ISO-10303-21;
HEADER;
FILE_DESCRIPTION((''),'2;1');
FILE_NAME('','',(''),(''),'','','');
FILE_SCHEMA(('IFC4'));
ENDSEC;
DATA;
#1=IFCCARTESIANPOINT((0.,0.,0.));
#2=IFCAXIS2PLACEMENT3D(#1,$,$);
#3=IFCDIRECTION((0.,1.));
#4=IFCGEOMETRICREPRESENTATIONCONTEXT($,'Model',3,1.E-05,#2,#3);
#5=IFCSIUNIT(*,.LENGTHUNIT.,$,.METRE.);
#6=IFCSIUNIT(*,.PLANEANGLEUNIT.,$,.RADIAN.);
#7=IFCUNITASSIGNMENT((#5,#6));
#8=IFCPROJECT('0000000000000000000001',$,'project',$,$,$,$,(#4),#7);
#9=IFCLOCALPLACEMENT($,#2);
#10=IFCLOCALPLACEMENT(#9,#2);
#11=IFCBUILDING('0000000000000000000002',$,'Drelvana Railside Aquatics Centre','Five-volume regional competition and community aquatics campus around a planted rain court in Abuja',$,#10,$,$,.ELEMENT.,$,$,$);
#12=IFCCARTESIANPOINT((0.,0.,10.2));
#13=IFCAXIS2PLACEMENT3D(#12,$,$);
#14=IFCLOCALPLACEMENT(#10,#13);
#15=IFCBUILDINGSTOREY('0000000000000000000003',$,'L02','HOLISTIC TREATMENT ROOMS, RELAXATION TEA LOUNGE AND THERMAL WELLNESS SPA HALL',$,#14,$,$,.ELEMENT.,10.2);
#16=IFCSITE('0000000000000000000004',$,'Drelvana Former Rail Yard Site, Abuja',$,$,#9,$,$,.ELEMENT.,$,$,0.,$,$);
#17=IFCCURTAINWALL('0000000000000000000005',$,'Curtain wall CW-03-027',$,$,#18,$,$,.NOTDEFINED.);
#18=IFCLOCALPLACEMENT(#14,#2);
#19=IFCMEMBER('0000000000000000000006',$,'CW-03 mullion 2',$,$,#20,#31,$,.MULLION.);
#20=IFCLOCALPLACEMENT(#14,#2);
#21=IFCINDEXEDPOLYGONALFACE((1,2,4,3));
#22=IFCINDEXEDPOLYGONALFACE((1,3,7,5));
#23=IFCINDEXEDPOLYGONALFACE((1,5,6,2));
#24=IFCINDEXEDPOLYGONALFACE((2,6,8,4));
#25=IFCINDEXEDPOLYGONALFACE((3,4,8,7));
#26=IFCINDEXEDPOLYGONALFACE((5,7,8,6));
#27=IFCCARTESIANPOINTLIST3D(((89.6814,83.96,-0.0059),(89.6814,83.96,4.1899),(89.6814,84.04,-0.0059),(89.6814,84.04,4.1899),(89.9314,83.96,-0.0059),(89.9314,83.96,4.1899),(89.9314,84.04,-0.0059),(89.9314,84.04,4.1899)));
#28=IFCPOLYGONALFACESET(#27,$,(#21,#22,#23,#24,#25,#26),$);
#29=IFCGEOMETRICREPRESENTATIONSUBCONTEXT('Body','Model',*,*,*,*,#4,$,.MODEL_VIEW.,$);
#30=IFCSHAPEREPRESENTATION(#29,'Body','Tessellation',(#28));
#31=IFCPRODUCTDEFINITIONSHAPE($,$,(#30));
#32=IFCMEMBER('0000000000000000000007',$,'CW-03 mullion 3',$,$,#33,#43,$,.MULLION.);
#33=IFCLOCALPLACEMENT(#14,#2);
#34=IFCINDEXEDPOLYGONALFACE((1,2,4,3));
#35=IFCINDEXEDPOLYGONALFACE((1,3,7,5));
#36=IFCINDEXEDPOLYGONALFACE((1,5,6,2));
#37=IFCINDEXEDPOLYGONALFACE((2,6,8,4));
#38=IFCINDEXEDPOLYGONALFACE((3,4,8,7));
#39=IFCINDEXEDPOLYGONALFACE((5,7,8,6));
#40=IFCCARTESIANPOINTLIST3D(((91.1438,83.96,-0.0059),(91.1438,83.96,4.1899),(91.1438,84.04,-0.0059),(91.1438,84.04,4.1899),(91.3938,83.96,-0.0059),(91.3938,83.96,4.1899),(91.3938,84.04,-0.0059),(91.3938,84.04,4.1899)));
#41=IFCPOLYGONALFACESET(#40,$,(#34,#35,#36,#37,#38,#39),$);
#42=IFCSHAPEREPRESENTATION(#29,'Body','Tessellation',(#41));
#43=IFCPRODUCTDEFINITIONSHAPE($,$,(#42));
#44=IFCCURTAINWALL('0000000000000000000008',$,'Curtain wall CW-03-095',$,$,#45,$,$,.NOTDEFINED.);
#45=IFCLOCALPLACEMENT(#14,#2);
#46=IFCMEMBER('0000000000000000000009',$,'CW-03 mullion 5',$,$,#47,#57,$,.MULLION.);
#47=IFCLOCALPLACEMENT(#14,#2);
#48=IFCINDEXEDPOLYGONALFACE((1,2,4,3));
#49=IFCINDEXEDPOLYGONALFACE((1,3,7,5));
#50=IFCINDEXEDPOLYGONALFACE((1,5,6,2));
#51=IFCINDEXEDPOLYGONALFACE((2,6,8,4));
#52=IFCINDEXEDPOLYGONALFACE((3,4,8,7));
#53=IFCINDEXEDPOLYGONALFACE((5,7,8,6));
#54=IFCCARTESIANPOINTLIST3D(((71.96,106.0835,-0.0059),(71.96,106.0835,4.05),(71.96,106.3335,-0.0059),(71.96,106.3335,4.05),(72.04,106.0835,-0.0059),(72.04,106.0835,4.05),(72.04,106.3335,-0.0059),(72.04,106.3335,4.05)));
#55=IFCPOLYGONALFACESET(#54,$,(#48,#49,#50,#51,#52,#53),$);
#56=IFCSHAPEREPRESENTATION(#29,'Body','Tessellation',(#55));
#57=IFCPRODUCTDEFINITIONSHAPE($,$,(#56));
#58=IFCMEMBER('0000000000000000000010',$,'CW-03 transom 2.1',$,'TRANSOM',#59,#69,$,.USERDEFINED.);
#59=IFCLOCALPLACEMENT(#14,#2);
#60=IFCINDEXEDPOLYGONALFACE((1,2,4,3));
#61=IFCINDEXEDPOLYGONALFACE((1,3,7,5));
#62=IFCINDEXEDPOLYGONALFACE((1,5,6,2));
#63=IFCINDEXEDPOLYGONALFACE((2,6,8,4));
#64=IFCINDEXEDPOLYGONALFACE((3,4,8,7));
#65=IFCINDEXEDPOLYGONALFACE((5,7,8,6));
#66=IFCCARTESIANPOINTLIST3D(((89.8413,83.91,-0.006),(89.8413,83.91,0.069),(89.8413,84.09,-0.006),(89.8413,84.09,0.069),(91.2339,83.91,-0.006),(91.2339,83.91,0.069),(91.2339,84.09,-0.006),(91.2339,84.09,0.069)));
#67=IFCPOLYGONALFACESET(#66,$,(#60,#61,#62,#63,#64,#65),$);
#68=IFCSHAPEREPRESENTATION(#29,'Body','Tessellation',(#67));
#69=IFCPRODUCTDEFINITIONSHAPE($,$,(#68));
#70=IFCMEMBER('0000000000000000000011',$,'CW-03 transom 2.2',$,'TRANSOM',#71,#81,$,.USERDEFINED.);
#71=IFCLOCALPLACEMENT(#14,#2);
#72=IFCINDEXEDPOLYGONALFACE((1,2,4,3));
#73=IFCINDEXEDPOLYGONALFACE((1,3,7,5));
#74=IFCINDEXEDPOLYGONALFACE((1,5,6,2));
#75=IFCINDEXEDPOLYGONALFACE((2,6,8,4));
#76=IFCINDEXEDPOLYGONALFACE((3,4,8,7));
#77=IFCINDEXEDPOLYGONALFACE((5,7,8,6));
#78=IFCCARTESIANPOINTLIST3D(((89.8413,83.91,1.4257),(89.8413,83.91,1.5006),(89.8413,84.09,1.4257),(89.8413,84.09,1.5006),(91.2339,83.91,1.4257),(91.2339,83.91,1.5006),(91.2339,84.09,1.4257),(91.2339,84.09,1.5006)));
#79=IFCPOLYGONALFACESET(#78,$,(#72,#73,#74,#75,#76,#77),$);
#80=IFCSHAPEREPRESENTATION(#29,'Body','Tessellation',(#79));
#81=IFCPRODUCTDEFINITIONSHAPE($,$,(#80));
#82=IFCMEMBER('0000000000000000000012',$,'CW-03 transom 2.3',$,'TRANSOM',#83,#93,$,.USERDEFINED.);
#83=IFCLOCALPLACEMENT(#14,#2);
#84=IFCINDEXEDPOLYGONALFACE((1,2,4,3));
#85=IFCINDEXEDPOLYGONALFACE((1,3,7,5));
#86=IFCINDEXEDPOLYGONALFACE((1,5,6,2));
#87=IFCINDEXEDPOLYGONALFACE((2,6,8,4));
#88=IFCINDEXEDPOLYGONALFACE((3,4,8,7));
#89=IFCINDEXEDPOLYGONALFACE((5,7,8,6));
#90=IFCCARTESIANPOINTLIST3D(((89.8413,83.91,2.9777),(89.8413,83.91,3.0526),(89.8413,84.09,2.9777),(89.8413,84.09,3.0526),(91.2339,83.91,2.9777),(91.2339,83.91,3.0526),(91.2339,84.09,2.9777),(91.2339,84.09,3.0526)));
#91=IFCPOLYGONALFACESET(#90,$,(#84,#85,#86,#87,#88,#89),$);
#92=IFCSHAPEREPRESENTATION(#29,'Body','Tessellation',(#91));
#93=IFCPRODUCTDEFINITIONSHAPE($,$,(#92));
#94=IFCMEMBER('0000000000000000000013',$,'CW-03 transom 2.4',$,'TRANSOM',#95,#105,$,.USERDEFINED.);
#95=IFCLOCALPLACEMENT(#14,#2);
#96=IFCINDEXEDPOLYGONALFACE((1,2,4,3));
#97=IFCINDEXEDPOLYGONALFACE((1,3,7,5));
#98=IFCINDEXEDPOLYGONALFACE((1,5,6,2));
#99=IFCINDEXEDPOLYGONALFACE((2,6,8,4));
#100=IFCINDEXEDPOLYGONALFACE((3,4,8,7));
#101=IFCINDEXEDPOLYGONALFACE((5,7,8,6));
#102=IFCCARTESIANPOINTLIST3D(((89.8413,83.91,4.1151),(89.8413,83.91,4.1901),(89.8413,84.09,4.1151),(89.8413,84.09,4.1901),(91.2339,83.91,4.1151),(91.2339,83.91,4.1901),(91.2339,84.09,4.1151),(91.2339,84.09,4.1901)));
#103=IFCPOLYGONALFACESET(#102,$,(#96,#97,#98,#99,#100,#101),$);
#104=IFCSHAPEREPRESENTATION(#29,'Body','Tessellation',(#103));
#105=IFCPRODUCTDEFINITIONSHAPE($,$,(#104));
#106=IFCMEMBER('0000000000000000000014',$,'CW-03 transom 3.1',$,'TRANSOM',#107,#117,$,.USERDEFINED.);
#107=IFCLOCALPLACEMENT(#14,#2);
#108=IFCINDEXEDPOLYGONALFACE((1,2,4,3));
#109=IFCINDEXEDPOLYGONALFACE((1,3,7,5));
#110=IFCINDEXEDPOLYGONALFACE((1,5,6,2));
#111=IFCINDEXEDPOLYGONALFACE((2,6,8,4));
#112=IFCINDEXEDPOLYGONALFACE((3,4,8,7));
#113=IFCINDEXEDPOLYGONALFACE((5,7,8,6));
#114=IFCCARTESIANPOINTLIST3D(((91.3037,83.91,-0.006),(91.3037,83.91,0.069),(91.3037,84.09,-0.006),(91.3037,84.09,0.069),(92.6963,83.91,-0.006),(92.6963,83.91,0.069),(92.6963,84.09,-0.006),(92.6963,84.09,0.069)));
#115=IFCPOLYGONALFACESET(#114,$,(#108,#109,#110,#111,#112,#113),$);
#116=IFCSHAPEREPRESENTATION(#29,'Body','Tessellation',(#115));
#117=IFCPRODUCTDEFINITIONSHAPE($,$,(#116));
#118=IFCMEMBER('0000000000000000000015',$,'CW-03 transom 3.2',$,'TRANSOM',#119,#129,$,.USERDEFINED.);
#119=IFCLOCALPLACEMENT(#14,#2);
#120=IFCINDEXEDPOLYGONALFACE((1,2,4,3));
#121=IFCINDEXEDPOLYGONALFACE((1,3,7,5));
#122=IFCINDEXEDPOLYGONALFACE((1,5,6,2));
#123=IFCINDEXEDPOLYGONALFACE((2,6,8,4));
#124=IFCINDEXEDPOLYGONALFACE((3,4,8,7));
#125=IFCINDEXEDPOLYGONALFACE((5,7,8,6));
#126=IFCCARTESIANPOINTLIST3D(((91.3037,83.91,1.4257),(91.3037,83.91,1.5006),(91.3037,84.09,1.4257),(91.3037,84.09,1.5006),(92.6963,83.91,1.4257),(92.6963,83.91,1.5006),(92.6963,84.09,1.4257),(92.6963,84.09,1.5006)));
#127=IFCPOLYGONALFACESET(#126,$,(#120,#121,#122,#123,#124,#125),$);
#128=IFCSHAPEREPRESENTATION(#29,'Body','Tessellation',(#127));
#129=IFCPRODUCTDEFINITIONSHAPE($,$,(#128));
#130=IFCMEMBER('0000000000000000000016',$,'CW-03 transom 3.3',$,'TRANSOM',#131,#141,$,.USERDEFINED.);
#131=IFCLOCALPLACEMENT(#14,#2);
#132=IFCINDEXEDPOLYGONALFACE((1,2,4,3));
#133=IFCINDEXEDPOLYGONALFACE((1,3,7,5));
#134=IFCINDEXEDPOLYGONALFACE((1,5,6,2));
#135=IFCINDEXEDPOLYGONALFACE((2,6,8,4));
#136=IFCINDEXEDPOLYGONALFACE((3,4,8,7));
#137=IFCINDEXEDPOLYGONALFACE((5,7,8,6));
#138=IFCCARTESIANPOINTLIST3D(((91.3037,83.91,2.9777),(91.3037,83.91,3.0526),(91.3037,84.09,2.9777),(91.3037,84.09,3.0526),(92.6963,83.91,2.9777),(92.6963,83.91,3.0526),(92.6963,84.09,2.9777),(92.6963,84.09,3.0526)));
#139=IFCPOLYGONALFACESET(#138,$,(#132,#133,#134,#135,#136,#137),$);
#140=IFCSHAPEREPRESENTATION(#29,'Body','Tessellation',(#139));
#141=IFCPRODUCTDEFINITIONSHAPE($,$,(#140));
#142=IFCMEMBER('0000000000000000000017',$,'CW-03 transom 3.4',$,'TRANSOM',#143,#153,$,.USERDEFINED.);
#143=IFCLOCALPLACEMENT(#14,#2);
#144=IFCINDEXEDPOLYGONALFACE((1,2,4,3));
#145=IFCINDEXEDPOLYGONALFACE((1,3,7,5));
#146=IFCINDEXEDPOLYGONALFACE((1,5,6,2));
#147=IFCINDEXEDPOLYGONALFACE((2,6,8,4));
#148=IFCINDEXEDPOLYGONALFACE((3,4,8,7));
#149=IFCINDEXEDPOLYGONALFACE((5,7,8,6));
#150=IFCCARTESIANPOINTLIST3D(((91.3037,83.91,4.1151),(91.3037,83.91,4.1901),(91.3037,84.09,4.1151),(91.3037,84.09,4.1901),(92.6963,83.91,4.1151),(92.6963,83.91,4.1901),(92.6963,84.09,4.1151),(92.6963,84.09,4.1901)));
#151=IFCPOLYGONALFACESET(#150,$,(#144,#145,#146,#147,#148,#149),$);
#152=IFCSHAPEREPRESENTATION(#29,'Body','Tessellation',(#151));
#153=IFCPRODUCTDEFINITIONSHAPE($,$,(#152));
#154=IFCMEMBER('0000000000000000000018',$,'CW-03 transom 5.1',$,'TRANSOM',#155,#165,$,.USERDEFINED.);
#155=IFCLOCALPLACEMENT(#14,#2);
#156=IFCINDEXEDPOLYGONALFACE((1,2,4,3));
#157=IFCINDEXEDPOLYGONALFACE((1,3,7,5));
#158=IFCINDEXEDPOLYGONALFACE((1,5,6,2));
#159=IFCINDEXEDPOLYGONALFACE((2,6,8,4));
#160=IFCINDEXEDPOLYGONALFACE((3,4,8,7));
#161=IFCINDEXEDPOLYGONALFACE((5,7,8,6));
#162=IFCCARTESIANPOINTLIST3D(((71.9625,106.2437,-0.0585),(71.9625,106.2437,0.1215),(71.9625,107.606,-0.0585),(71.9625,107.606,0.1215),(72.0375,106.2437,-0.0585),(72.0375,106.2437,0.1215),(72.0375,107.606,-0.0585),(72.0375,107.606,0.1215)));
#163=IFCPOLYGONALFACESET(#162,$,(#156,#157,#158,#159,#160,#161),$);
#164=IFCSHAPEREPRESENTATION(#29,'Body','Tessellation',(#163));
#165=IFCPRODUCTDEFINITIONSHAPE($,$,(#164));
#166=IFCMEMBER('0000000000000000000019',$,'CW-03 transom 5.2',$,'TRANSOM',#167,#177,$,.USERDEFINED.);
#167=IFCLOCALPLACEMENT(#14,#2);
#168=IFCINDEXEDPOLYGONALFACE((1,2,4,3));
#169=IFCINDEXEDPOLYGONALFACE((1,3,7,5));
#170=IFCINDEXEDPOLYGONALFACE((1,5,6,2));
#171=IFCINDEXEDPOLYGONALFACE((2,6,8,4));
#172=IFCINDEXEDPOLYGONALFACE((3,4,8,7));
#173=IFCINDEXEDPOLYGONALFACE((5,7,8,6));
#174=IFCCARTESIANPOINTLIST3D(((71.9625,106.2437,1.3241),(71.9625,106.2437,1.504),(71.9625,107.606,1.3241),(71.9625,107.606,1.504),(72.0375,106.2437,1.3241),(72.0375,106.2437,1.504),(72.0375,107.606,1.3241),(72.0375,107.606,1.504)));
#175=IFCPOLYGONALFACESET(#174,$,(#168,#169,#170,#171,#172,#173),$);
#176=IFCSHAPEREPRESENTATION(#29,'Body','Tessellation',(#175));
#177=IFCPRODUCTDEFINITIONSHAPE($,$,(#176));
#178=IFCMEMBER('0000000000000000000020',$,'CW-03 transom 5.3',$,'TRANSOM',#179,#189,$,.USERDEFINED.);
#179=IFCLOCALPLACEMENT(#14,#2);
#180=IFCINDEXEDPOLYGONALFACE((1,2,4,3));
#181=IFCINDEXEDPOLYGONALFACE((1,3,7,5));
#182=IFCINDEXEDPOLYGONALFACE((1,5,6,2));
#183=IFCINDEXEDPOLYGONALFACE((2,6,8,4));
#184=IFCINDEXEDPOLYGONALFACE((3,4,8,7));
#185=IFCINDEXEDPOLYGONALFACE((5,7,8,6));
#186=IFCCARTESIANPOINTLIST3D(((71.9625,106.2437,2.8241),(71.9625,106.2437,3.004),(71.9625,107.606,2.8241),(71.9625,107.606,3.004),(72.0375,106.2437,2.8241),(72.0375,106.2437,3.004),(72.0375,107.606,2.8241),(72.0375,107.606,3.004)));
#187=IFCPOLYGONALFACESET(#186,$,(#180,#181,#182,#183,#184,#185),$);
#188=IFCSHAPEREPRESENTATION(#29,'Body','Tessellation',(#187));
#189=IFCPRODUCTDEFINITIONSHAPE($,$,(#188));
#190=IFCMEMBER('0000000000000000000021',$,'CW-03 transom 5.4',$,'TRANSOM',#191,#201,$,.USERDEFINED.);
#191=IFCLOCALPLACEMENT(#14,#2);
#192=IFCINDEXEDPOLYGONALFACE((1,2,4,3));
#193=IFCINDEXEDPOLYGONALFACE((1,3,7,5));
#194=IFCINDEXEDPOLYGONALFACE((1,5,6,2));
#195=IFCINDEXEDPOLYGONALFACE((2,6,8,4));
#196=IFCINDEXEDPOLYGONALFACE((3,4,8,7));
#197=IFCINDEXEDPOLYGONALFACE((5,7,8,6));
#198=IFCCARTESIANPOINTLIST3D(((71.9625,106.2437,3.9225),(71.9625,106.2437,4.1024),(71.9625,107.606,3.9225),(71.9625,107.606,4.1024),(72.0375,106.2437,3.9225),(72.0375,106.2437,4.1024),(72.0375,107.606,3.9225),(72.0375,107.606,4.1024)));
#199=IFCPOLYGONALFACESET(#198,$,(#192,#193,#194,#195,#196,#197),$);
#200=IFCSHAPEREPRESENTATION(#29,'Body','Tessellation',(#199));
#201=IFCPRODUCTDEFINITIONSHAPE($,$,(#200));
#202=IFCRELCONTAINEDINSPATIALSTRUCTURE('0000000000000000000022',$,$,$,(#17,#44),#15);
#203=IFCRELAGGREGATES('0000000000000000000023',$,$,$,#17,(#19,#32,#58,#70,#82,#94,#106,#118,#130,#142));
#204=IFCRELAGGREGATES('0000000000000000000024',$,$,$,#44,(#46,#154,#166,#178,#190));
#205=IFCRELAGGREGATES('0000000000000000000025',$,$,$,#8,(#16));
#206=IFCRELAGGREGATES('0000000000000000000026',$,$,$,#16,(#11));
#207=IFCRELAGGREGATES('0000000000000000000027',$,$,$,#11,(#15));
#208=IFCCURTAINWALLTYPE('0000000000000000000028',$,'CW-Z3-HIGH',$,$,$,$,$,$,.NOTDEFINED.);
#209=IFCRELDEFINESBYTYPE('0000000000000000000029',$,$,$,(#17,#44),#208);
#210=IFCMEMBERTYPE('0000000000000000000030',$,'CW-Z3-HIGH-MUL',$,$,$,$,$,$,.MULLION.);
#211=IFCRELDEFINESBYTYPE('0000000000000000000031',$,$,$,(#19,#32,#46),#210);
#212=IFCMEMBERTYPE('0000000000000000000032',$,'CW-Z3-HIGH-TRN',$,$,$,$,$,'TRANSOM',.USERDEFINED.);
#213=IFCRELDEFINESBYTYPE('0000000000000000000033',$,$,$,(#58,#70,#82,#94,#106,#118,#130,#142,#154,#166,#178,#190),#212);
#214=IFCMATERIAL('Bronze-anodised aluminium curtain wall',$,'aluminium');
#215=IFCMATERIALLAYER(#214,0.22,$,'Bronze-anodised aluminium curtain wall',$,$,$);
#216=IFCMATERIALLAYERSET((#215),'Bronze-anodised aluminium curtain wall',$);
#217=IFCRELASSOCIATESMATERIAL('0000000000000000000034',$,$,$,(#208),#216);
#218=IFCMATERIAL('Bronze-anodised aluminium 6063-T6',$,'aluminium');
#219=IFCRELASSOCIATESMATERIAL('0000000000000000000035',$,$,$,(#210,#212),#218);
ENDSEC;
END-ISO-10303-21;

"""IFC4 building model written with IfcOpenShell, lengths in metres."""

from ifc_helpers import new_model, si_unit, direction, frame, origin, origin_2d, place, context, subcontext, project, spatial, rectangle, extrude, material, layer, layer_set, material_profile, profile_set, type_object, element, aggregate, save


model = new_model("IFC4")

# Units and contexts
model_context = context("Model", 3, precision=1e-05, world=origin(), true_north=direction((0.0, 1.0)))
body_context = subcontext(model_context, "Body", "Model", "MODEL_VIEW")
ifc_project = project(units=[si_unit("LENGTHUNIT", "METRE"), si_unit("PLANEANGLEUNIT", "RADIAN")], contexts=[model_context])

# Site, building, storey
site_placement = place(None, origin())
site = spatial("IfcSite", under=ifc_project, at=site_placement, Name="Drelvana Former Rail Yard Site, Abuja", CompositionType="ELEMENT", RefElevation=0.0)
building_placement = place(site_placement, origin())
building = spatial("IfcBuilding", under=site, at=building_placement, Name="Drelvana Railside Aquatics Centre", Description="Five-volume regional competition and community aquatics campus around a planted rain court in Abuja", CompositionType="ELEMENT")
storey_placement = place(building_placement, frame((0.0, 0.0, 10.2)))
storey = spatial("IfcBuildingStorey", under=building, at=storey_placement, Name="L02", Description="HOLISTIC TREATMENT ROOMS, RELAXATION TEA LOUNGE AND THERMAL WELLNESS SPA HALL", CompositionType="ELEMENT", Elevation=10.2)

# Curtain wall, members
ifc_material_1 = material(Name="Bronze-anodised aluminium curtain wall", Category="aluminium")
ifc_layer_1 = layer(ifc_material_1, 0.22, Name="Bronze-anodised aluminium curtain wall")
ifc_layer_set_1 = layer_set([ifc_layer_1], Name="Bronze-anodised aluminium curtain wall")
curtain_wall_type = type_object("IfcCurtainWallType", Name="CW-Z3-HIGH", PredefinedType="NOTDEFINED", material=ifc_layer_set_1)
curtain_wall_1_placement = place(storey_placement, origin())
curtain_wall_1 = element("IfcCurtainWall", 1, at=curtain_wall_1_placement, inside=storey, type_object=curtain_wall_type, Name="Curtain wall CW-03-027", PredefinedType="NOTDEFINED")
ifc_material_2 = material(Name="Bronze-anodised aluminium 6063-T6", Category="aluminium")
ifc_material_profile_1 = material_profile(ifc_material_2, rectangle(XDim=0.0801, YDim=0.25, at=origin_2d()), Name="ALU-M 80x250")
ifc_profile_set_1 = profile_set([ifc_material_profile_1], Name="Bronze-anodised aluminium 6063-T6")
member_type_1 = type_object("IfcMemberType", Name="CW-Z3-HIGH-MUL", PredefinedType="MULLION", material=ifc_profile_set_1)
member_1_placement = place(storey_placement, frame((89.8064, 84.0, -0.0059), z_axis=(0.0, 0.0, 1.0), x_axis=(0.0, 1.0, 0.0)))
member_1 = element("IfcMember", 2, at=member_1_placement, type_object=member_type_1, Name="CW-03 mullion 2", PredefinedType="MULLION", context=body_context, shape_type="SweptSolid", body=[
    extrude(rectangle(XDim=0.0801, YDim=0.25, at=origin_2d()), origin(), (0.0, 0.0, 1.0), 4.1958),
])
member_2_placement = place(storey_placement, frame((91.2688, 84.0, -0.0059), z_axis=(0.0, 0.0, 1.0), x_axis=(0.0, 1.0, 0.0)))
member_2 = element("IfcMember", 3, at=member_2_placement, type_object=member_type_1, Name="CW-03 mullion 3", PredefinedType="MULLION", context=body_context, shape_type="SweptSolid", body=[
    extrude(rectangle(XDim=0.0801, YDim=0.25, at=origin_2d()), origin(), (0.0, 0.0, 1.0), 4.1958),
])

# Curtain wall, member
curtain_wall_2_placement = place(storey_placement, origin())
curtain_wall_2 = element("IfcCurtainWall", 4, at=curtain_wall_2_placement, inside=storey, type_object=curtain_wall_type, Name="Curtain wall CW-03-095", PredefinedType="NOTDEFINED")
member_3_placement = place(storey_placement, frame((72.0, 106.2085, -0.0059), z_axis=(0.0, 0.0, 1.0), x_axis=(-1.0, 0.0, 0.0)))
member_3 = element("IfcMember", 5, at=member_3_placement, type_object=member_type_1, Name="CW-03 mullion 5", PredefinedType="MULLION", context=body_context, shape_type="SweptSolid", body=[
    extrude(rectangle(XDim=0.0801, YDim=0.25, at=origin_2d()), origin(), (0.0, 0.0, 1.0), 4.0559),
])

# Members
ifc_material_profile_2 = material_profile(ifc_material_2, rectangle(XDim=0.1799, YDim=0.075, at=origin_2d()), Name="ALU-T 75x180")
ifc_profile_set_2 = profile_set([ifc_material_profile_2], Name="Bronze-anodised aluminium 6063-T6")
member_type_2 = type_object("IfcMemberType", Name="CW-Z3-HIGH-TRN", ElementType="TRANSOM", PredefinedType="USERDEFINED", material=ifc_profile_set_2)
member_4_placement = place(storey_placement, frame((89.8413, 84.0, 0.0315), z_axis=(1.0, 0.0, 0.0), x_axis=(0.0, 1.0, 0.0)))
member_4 = element("IfcMember", 6, at=member_4_placement, type_object=member_type_2, Name="CW-03 transom 2.1", ObjectType="TRANSOM", PredefinedType="USERDEFINED", context=body_context, shape_type="SweptSolid", body=[
    extrude(rectangle(XDim=0.1799, YDim=0.075, at=origin_2d()), origin(), (0.0, 0.0, 1.0), 1.3926),
])
member_5_placement = place(storey_placement, frame((89.8413, 84.0, 1.4631), z_axis=(1.0, 0.0, 0.0), x_axis=(0.0, 1.0, 0.0)))
member_5 = element("IfcMember", 7, at=member_5_placement, type_object=member_type_2, Name="CW-03 transom 2.2", ObjectType="TRANSOM", PredefinedType="USERDEFINED", context=body_context, shape_type="SweptSolid", body=[
    extrude(rectangle(XDim=0.1799, YDim=0.075, at=origin_2d()), origin(), (0.0, 0.0, 1.0), 1.3926),
])
member_6_placement = place(storey_placement, frame((89.8413, 84.0, 3.0151), z_axis=(1.0, 0.0, 0.0), x_axis=(0.0, 1.0, 0.0)))
member_6 = element("IfcMember", 8, at=member_6_placement, type_object=member_type_2, Name="CW-03 transom 2.3", ObjectType="TRANSOM", PredefinedType="USERDEFINED", context=body_context, shape_type="SweptSolid", body=[
    extrude(rectangle(XDim=0.1799, YDim=0.075, at=origin_2d()), origin(), (0.0, 0.0, 1.0), 1.3926),
])
member_7_placement = place(storey_placement, frame((89.8413, 84.0, 4.1526), z_axis=(1.0, 0.0, 0.0), x_axis=(0.0, 1.0, 0.0)))
member_7 = element("IfcMember", 9, at=member_7_placement, type_object=member_type_2, Name="CW-03 transom 2.4", ObjectType="TRANSOM", PredefinedType="USERDEFINED", context=body_context, shape_type="SweptSolid", body=[
    extrude(rectangle(XDim=0.1799, YDim=0.075, at=origin_2d()), origin(), (0.0, 0.0, 1.0), 1.3926),
])
member_8_placement = place(storey_placement, frame((91.3037, 84.0, 0.0315), z_axis=(1.0, 0.0, 0.0), x_axis=(0.0, 1.0, 0.0)))
member_8 = element("IfcMember", 10, at=member_8_placement, type_object=member_type_2, Name="CW-03 transom 3.1", ObjectType="TRANSOM", PredefinedType="USERDEFINED", context=body_context, shape_type="SweptSolid", body=[
    extrude(rectangle(XDim=0.1799, YDim=0.075, at=origin_2d()), origin(), (0.0, 0.0, 1.0), 1.3926),
])
member_9_placement = place(storey_placement, frame((91.3037, 84.0, 1.4631), z_axis=(1.0, 0.0, 0.0), x_axis=(0.0, 1.0, 0.0)))
member_9 = element("IfcMember", 11, at=member_9_placement, type_object=member_type_2, Name="CW-03 transom 3.2", ObjectType="TRANSOM", PredefinedType="USERDEFINED", context=body_context, shape_type="SweptSolid", body=[
    extrude(rectangle(XDim=0.1799, YDim=0.075, at=origin_2d()), origin(), (0.0, 0.0, 1.0), 1.3926),
])
member_10_placement = place(storey_placement, frame((91.3037, 84.0, 3.0151), z_axis=(1.0, 0.0, 0.0), x_axis=(0.0, 1.0, 0.0)))
member_10 = element("IfcMember", 12, at=member_10_placement, type_object=member_type_2, Name="CW-03 transom 3.3", ObjectType="TRANSOM", PredefinedType="USERDEFINED", context=body_context, shape_type="SweptSolid", body=[
    extrude(rectangle(XDim=0.1799, YDim=0.075, at=origin_2d()), origin(), (0.0, 0.0, 1.0), 1.3926),
])
member_11_placement = place(storey_placement, frame((91.3037, 84.0, 4.1526), z_axis=(1.0, 0.0, 0.0), x_axis=(0.0, 1.0, 0.0)))
member_11 = element("IfcMember", 13, at=member_11_placement, type_object=member_type_2, Name="CW-03 transom 3.4", ObjectType="TRANSOM", PredefinedType="USERDEFINED", context=body_context, shape_type="SweptSolid", body=[
    extrude(rectangle(XDim=0.1799, YDim=0.075, at=origin_2d()), origin(), (0.0, 0.0, 1.0), 1.3926),
])
member_12_placement = place(storey_placement, frame((72.0, 106.2437, 0.0315), z_axis=(0.0, 1.0, 0.0), x_axis=(0.0, 0.0, 1.0)))
member_12 = element("IfcMember", 14, at=member_12_placement, type_object=member_type_2, Name="CW-03 transom 5.1", ObjectType="TRANSOM", PredefinedType="USERDEFINED", context=body_context, shape_type="SweptSolid", body=[
    extrude(rectangle(XDim=0.1799, YDim=0.075, at=origin_2d()), origin(), (0.0, 0.0, 1.0), 1.3623),
])
member_13_placement = place(storey_placement, frame((72.0, 106.2437, 1.4141), z_axis=(0.0, 1.0, 0.0), x_axis=(0.0, 0.0, 1.0)))
member_13 = element("IfcMember", 15, at=member_13_placement, type_object=member_type_2, Name="CW-03 transom 5.2", ObjectType="TRANSOM", PredefinedType="USERDEFINED", context=body_context, shape_type="SweptSolid", body=[
    extrude(rectangle(XDim=0.1799, YDim=0.075, at=origin_2d()), origin(), (0.0, 0.0, 1.0), 1.3623),
])
member_14_placement = place(storey_placement, frame((72.0, 106.2437, 2.9141), z_axis=(0.0, 1.0, 0.0), x_axis=(0.0, 0.0, 1.0)))
member_14 = element("IfcMember", 16, at=member_14_placement, type_object=member_type_2, Name="CW-03 transom 5.3", ObjectType="TRANSOM", PredefinedType="USERDEFINED", context=body_context, shape_type="SweptSolid", body=[
    extrude(rectangle(XDim=0.1799, YDim=0.075, at=origin_2d()), origin(), (0.0, 0.0, 1.0), 1.3623),
])
member_15_placement = place(storey_placement, frame((72.0, 106.2437, 4.0125), z_axis=(0.0, 1.0, 0.0), x_axis=(0.0, 0.0, 1.0)))
member_15 = element("IfcMember", 17, at=member_15_placement, type_object=member_type_2, Name="CW-03 transom 5.4", ObjectType="TRANSOM", PredefinedType="USERDEFINED", context=body_context, shape_type="SweptSolid", body=[
    extrude(rectangle(XDim=0.1799, YDim=0.075, at=origin_2d()), origin(), (0.0, 0.0, 1.0), 1.3623),
])

aggregate(curtain_wall_1, [member_1, member_2, member_4, member_5, member_6, member_7, member_8, member_9, member_10, member_11])
aggregate(curtain_wall_2, [member_3, member_12, member_13, member_14, member_15])

save(model, "model.ifc")
